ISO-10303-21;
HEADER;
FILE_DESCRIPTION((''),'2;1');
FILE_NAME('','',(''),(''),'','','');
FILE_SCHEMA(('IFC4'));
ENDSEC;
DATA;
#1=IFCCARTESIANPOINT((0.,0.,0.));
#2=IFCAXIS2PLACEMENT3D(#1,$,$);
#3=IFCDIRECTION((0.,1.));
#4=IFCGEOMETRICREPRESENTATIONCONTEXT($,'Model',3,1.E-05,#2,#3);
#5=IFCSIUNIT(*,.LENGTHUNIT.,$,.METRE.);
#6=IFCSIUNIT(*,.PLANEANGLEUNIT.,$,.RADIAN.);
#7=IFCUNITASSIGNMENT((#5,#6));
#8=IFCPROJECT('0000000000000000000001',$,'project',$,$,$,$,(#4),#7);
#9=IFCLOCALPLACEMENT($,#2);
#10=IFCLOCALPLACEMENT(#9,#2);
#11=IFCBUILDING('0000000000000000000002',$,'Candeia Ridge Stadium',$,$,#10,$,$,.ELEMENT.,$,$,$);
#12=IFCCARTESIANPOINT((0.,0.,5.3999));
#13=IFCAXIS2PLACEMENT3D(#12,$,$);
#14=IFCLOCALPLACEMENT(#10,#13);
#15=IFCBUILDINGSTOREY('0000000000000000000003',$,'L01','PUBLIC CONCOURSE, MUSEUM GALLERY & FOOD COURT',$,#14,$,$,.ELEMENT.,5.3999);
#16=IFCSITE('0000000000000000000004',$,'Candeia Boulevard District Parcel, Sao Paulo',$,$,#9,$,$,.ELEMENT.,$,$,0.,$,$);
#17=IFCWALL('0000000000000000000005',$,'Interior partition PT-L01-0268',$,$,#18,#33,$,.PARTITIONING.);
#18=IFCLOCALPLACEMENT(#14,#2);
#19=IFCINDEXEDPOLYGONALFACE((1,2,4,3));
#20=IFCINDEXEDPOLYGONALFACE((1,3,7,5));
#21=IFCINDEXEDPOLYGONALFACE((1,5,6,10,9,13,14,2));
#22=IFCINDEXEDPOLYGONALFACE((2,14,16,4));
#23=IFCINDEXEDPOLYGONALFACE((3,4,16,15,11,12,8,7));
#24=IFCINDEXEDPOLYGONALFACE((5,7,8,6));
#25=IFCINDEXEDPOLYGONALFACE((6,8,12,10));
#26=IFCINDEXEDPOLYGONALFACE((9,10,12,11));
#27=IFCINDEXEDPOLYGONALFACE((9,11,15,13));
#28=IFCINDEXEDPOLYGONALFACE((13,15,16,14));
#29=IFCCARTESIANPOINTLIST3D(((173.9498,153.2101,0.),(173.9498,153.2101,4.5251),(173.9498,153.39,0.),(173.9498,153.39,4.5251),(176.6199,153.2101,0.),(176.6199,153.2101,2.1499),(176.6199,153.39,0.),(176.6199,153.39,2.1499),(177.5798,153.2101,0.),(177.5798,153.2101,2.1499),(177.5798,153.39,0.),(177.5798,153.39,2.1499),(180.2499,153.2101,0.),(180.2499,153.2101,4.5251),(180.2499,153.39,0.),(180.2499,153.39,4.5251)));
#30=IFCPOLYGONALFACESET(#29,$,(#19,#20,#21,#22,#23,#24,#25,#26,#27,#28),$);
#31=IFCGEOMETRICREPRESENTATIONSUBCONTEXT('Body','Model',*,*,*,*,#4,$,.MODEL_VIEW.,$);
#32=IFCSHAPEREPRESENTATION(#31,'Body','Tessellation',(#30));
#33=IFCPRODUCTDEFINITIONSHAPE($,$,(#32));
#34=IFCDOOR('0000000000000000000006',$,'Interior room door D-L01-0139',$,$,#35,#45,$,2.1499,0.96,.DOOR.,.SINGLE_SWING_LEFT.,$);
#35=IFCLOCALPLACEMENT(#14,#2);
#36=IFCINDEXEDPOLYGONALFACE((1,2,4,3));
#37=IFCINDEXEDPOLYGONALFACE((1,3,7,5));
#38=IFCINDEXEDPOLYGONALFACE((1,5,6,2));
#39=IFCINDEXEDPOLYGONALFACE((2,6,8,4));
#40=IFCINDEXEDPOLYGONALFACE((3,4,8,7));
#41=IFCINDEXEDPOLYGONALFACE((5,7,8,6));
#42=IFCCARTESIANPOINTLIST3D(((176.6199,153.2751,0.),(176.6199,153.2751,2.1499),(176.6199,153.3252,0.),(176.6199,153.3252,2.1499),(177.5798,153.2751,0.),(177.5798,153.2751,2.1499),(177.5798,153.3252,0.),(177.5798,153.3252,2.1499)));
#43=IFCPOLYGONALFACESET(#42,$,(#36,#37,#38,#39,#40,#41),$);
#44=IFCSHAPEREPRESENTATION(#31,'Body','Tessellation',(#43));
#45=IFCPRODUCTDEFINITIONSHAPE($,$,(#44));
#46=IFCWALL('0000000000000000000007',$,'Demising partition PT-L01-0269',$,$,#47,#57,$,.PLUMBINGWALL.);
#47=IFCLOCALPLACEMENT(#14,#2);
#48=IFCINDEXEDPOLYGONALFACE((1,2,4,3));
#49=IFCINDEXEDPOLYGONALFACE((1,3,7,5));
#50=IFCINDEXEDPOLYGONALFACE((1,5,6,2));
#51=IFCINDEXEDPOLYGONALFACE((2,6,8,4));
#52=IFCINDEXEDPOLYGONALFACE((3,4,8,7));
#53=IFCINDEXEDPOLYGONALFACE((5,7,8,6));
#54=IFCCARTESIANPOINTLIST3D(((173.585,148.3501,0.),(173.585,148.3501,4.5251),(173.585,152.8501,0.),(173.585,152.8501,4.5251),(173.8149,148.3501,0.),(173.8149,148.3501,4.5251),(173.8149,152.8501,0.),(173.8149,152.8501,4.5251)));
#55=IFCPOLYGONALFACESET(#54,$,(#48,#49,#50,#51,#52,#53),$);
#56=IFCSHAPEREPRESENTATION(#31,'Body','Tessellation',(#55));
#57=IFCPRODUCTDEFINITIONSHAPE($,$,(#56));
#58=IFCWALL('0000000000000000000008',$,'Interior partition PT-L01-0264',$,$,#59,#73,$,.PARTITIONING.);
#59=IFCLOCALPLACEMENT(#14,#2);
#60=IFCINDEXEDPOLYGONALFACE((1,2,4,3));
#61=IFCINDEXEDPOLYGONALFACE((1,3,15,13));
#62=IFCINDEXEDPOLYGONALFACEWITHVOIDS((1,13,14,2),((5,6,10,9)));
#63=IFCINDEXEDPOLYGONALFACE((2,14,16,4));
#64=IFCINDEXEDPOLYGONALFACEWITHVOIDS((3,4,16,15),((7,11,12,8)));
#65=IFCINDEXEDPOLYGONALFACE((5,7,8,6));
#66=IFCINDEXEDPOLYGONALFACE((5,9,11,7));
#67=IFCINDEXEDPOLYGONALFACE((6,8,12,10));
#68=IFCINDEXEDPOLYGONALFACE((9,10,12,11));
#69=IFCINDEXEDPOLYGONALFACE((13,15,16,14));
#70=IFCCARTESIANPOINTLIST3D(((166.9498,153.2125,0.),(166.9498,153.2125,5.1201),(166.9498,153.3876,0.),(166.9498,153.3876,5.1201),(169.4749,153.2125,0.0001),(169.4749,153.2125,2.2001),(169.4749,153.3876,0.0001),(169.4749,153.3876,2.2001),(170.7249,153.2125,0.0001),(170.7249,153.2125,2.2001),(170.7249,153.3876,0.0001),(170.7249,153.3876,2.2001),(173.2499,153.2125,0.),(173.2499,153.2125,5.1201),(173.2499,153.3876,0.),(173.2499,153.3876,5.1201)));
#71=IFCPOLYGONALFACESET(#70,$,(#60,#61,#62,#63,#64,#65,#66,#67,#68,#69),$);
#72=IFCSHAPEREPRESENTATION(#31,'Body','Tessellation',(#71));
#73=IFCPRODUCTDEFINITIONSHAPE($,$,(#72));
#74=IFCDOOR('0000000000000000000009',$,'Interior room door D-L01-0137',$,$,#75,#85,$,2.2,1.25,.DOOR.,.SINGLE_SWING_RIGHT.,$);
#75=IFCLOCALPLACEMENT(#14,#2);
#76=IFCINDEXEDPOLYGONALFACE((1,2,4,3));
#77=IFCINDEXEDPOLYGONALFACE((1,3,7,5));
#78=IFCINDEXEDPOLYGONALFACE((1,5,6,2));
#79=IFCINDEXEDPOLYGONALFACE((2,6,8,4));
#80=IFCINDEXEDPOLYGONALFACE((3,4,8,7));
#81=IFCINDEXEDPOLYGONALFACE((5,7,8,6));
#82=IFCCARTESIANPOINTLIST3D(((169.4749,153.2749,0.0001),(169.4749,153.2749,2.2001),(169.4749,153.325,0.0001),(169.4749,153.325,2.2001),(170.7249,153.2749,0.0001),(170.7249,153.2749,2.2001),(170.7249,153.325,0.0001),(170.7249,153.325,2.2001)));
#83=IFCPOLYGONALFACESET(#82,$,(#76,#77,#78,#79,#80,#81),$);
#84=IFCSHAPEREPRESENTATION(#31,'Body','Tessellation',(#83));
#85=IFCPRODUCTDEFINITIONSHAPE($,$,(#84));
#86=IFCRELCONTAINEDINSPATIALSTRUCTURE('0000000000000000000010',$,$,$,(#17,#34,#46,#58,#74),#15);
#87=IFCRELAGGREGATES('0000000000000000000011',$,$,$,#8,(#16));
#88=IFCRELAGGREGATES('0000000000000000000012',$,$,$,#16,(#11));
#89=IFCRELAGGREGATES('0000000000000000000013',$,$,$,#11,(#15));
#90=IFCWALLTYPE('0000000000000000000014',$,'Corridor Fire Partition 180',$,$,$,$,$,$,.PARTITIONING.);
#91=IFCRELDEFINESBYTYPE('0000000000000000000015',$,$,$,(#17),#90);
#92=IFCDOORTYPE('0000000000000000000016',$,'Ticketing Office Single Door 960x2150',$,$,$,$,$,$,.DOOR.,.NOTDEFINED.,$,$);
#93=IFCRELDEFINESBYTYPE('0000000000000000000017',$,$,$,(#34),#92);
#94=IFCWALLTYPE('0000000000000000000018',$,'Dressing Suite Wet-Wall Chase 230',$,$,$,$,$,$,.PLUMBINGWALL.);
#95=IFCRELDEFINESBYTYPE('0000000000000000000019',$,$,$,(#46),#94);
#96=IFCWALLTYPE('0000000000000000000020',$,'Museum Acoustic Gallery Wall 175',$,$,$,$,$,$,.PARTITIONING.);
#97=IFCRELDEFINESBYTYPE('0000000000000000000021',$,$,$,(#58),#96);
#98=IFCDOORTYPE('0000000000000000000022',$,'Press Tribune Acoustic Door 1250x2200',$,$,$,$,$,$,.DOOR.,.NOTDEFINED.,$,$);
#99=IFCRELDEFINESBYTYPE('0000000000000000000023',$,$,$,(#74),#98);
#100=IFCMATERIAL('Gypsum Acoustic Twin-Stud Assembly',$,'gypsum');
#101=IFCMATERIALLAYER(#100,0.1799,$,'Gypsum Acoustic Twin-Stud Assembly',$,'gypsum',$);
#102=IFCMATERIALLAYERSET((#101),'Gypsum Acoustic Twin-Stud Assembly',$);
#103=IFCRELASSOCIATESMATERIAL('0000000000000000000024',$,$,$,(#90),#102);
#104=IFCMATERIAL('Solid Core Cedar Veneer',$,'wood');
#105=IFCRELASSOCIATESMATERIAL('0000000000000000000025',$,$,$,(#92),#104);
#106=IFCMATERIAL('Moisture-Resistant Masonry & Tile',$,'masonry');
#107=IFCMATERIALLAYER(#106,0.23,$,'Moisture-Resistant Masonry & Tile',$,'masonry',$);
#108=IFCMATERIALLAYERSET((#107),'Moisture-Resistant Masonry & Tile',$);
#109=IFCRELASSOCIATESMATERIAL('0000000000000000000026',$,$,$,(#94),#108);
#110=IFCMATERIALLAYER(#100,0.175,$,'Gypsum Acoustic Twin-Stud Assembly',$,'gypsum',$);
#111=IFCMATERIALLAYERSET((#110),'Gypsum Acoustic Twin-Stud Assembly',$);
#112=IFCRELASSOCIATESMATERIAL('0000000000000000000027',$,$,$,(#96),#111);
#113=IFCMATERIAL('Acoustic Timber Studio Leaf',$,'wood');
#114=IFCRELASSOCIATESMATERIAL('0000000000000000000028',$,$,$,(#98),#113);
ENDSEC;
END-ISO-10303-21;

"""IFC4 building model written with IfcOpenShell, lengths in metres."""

from ifc_helpers import new_model, si_unit, direction, frame, frame_2d, origin, place, context, subcontext, project, spatial, rectangle, extrude, material, layer, layer_set, type_object, element, fill, save


model = new_model("IFC4")

# Units and contexts
model_context = context("Model", 3, precision=1e-05, world=origin(), true_north=direction((0.0, 1.0)))
body_context = subcontext(model_context, "Body", "Model", "MODEL_VIEW")
ifc_project = project(units=[si_unit("LENGTHUNIT", "METRE"), si_unit("PLANEANGLEUNIT", "RADIAN")], contexts=[model_context])

# Site, building, storey
site_placement = place(None, origin())
site = spatial("IfcSite", under=ifc_project, at=site_placement, Name="Candeia Boulevard District Parcel, Sao Paulo", CompositionType="ELEMENT", RefElevation=0.0)
building_placement = place(site_placement, origin())
building = spatial("IfcBuilding", under=site, at=building_placement, Name="Candeia Ridge Stadium", CompositionType="ELEMENT")
storey_placement = place(building_placement, frame((0.0, 0.0, 5.3999)))
storey = spatial("IfcBuildingStorey", under=building, at=storey_placement, Name="L01", Description="PUBLIC CONCOURSE, MUSEUM GALLERY & FOOD COURT", CompositionType="ELEMENT", Elevation=5.3999)

# Wall, opening, door
ifc_material_1 = material(Name="Gypsum Acoustic Twin-Stud Assembly", Category="gypsum")
ifc_layer_1 = layer(ifc_material_1, 0.1799, Name="Gypsum Acoustic Twin-Stud Assembly", Category="gypsum")
ifc_layer_set_1 = layer_set([ifc_layer_1], Name="Gypsum Acoustic Twin-Stud Assembly")
wall_type_1 = type_object("IfcWallType", Name="Corridor Fire Partition 180", PredefinedType="PARTITIONING", material=ifc_layer_set_1)
wall_1_placement = place(storey_placement, frame((173.95, 153.3, 0.0), z_axis=(0.0, 0.0, 1.0), x_axis=(1.0, 0.0, 0.0)))
wall_1 = element("IfcWall", 1, at=wall_1_placement, inside=storey, type_object=wall_type_1, Name="Interior partition PT-L01-0268", PredefinedType="PARTITIONING", context=body_context, shape_type="SweptSolid", body=[
    extrude(rectangle(XDim=6.3, YDim=0.1799, at=frame_2d((3.1499, 0.0))), origin(), (0.0, 0.0, 1.0), 4.5251),
])
opening_1_placement = place(wall_1_placement, frame((2.6699, 0.0, 0.0)))
opening_1 = element("IfcOpeningElement", 2, at=opening_1_placement, cuts=wall_1, PredefinedType="OPENING", context=body_context, shape_type="SweptSolid", body=[
    extrude(rectangle(XDim=0.96, YDim=2.1499, at=frame_2d((0.48, 1.075))), frame((0.0, 0.0999, 0.0), z_axis=(0.0, -1.0, 0.0), x_axis=(1.0, 0.0, 0.0)), (0.0, 0.0, 1.0), 0.2),
])
ifc_material_2 = material(Name="Solid Core Cedar Veneer", Category="wood")
door_type_1 = type_object("IfcDoorType", Name="Ticketing Office Single Door 960x2150", OperationType="NOTDEFINED", PredefinedType="DOOR", material=ifc_material_2)
door_1_placement = place(opening_1_placement, frame((0.96, 0.0, 0.0), z_axis=(0.0, 0.0, 1.0), x_axis=(-1.0, 0.0, 0.0)))
door_1 = element("IfcDoor", 3, at=door_1_placement, inside=storey, type_object=door_type_1, Name="Interior room door D-L01-0139", OperationType="SINGLE_SWING_LEFT", OverallHeight=2.1499, OverallWidth=0.96, PredefinedType="DOOR", context=body_context, shape_type="SweptSolid", body=[
    extrude(rectangle(XDim=0.96, YDim=2.1499, at=frame_2d((0.48, 1.075))), frame((0.0, 0.0249, 0.0), z_axis=(0.0, -1.0, 0.0), x_axis=(1.0, 0.0, 0.0)), (0.0, 0.0, 1.0), 0.05),
])
fill(opening_1, door_1)

# Wall
ifc_material_3 = material(Name="Moisture-Resistant Masonry & Tile", Category="masonry")
ifc_layer_2 = layer(ifc_material_3, 0.23, Name="Moisture-Resistant Masonry & Tile", Category="masonry")
ifc_layer_set_2 = layer_set([ifc_layer_2], Name="Moisture-Resistant Masonry & Tile")
wall_type_2 = type_object("IfcWallType", Name="Dressing Suite Wet-Wall Chase 230", PredefinedType="PLUMBINGWALL", material=ifc_layer_set_2)
wall_2_placement = place(storey_placement, frame((173.7, 148.3501, 0.0), z_axis=(0.0, 0.0, 1.0), x_axis=(0.0, 1.0, 0.0)))
element("IfcWall", 4, at=wall_2_placement, inside=storey, type_object=wall_type_2, Name="Demising partition PT-L01-0269", PredefinedType="PLUMBINGWALL", context=body_context, shape_type="SweptSolid", body=[
    extrude(rectangle(XDim=4.5, YDim=0.23, at=frame_2d((2.25, 0.0))), origin(), (0.0, 0.0, 1.0), 4.5251),
])

# Wall, opening, door
ifc_layer_3 = layer(ifc_material_1, 0.175, Name="Gypsum Acoustic Twin-Stud Assembly", Category="gypsum")
ifc_layer_set_3 = layer_set([ifc_layer_3], Name="Gypsum Acoustic Twin-Stud Assembly")
wall_type_3 = type_object("IfcWallType", Name="Museum Acoustic Gallery Wall 175", PredefinedType="PARTITIONING", material=ifc_layer_set_3)
wall_3_placement = place(storey_placement, frame((166.95, 153.3, 0.0), z_axis=(0.0, 0.0, 1.0), x_axis=(1.0, 0.0, 0.0)))
wall_3 = element("IfcWall", 5, at=wall_3_placement, inside=storey, type_object=wall_type_3, Name="Interior partition PT-L01-0264", PredefinedType="PARTITIONING", context=body_context, shape_type="SweptSolid", body=[
    extrude(rectangle(XDim=6.3, YDim=0.175, at=frame_2d((3.1499, 0.0))), origin(), (0.0, 0.0, 1.0), 5.1201),
])
opening_2_placement = place(wall_3_placement, frame((2.5249, 0.0, 0.0)))
opening_2 = element("IfcOpeningElement", 6, at=opening_2_placement, cuts=wall_3, PredefinedType="OPENING", context=body_context, shape_type="SweptSolid", body=[
    extrude(rectangle(XDim=1.25, YDim=2.2, at=frame_2d((0.625, 1.1001))), frame((0.0, 0.0974, 0.0), z_axis=(0.0, -1.0, 0.0), x_axis=(1.0, 0.0, 0.0)), (0.0, 0.0, 1.0), 0.1951),
])
ifc_material_4 = material(Name="Acoustic Timber Studio Leaf", Category="wood")
door_type_2 = type_object("IfcDoorType", Name="Press Tribune Acoustic Door 1250x2200", OperationType="NOTDEFINED", PredefinedType="DOOR", material=ifc_material_4)
door_2_placement = place(opening_2_placement, origin())
door_2 = element("IfcDoor", 7, at=door_2_placement, inside=storey, type_object=door_type_2, Name="Interior room door D-L01-0137", OperationType="SINGLE_SWING_RIGHT", OverallHeight=2.2, OverallWidth=1.25, PredefinedType="DOOR", context=body_context, shape_type="SweptSolid", body=[
    extrude(rectangle(XDim=1.25, YDim=2.2, at=frame_2d((0.625, 1.1001))), frame((0.0, 0.0249, 0.0), z_axis=(0.0, -1.0, 0.0), x_axis=(1.0, 0.0, 0.0)), (0.0, 0.0, 1.0), 0.05),
])
fill(opening_2, door_2)

save(model, "model.ifc")
